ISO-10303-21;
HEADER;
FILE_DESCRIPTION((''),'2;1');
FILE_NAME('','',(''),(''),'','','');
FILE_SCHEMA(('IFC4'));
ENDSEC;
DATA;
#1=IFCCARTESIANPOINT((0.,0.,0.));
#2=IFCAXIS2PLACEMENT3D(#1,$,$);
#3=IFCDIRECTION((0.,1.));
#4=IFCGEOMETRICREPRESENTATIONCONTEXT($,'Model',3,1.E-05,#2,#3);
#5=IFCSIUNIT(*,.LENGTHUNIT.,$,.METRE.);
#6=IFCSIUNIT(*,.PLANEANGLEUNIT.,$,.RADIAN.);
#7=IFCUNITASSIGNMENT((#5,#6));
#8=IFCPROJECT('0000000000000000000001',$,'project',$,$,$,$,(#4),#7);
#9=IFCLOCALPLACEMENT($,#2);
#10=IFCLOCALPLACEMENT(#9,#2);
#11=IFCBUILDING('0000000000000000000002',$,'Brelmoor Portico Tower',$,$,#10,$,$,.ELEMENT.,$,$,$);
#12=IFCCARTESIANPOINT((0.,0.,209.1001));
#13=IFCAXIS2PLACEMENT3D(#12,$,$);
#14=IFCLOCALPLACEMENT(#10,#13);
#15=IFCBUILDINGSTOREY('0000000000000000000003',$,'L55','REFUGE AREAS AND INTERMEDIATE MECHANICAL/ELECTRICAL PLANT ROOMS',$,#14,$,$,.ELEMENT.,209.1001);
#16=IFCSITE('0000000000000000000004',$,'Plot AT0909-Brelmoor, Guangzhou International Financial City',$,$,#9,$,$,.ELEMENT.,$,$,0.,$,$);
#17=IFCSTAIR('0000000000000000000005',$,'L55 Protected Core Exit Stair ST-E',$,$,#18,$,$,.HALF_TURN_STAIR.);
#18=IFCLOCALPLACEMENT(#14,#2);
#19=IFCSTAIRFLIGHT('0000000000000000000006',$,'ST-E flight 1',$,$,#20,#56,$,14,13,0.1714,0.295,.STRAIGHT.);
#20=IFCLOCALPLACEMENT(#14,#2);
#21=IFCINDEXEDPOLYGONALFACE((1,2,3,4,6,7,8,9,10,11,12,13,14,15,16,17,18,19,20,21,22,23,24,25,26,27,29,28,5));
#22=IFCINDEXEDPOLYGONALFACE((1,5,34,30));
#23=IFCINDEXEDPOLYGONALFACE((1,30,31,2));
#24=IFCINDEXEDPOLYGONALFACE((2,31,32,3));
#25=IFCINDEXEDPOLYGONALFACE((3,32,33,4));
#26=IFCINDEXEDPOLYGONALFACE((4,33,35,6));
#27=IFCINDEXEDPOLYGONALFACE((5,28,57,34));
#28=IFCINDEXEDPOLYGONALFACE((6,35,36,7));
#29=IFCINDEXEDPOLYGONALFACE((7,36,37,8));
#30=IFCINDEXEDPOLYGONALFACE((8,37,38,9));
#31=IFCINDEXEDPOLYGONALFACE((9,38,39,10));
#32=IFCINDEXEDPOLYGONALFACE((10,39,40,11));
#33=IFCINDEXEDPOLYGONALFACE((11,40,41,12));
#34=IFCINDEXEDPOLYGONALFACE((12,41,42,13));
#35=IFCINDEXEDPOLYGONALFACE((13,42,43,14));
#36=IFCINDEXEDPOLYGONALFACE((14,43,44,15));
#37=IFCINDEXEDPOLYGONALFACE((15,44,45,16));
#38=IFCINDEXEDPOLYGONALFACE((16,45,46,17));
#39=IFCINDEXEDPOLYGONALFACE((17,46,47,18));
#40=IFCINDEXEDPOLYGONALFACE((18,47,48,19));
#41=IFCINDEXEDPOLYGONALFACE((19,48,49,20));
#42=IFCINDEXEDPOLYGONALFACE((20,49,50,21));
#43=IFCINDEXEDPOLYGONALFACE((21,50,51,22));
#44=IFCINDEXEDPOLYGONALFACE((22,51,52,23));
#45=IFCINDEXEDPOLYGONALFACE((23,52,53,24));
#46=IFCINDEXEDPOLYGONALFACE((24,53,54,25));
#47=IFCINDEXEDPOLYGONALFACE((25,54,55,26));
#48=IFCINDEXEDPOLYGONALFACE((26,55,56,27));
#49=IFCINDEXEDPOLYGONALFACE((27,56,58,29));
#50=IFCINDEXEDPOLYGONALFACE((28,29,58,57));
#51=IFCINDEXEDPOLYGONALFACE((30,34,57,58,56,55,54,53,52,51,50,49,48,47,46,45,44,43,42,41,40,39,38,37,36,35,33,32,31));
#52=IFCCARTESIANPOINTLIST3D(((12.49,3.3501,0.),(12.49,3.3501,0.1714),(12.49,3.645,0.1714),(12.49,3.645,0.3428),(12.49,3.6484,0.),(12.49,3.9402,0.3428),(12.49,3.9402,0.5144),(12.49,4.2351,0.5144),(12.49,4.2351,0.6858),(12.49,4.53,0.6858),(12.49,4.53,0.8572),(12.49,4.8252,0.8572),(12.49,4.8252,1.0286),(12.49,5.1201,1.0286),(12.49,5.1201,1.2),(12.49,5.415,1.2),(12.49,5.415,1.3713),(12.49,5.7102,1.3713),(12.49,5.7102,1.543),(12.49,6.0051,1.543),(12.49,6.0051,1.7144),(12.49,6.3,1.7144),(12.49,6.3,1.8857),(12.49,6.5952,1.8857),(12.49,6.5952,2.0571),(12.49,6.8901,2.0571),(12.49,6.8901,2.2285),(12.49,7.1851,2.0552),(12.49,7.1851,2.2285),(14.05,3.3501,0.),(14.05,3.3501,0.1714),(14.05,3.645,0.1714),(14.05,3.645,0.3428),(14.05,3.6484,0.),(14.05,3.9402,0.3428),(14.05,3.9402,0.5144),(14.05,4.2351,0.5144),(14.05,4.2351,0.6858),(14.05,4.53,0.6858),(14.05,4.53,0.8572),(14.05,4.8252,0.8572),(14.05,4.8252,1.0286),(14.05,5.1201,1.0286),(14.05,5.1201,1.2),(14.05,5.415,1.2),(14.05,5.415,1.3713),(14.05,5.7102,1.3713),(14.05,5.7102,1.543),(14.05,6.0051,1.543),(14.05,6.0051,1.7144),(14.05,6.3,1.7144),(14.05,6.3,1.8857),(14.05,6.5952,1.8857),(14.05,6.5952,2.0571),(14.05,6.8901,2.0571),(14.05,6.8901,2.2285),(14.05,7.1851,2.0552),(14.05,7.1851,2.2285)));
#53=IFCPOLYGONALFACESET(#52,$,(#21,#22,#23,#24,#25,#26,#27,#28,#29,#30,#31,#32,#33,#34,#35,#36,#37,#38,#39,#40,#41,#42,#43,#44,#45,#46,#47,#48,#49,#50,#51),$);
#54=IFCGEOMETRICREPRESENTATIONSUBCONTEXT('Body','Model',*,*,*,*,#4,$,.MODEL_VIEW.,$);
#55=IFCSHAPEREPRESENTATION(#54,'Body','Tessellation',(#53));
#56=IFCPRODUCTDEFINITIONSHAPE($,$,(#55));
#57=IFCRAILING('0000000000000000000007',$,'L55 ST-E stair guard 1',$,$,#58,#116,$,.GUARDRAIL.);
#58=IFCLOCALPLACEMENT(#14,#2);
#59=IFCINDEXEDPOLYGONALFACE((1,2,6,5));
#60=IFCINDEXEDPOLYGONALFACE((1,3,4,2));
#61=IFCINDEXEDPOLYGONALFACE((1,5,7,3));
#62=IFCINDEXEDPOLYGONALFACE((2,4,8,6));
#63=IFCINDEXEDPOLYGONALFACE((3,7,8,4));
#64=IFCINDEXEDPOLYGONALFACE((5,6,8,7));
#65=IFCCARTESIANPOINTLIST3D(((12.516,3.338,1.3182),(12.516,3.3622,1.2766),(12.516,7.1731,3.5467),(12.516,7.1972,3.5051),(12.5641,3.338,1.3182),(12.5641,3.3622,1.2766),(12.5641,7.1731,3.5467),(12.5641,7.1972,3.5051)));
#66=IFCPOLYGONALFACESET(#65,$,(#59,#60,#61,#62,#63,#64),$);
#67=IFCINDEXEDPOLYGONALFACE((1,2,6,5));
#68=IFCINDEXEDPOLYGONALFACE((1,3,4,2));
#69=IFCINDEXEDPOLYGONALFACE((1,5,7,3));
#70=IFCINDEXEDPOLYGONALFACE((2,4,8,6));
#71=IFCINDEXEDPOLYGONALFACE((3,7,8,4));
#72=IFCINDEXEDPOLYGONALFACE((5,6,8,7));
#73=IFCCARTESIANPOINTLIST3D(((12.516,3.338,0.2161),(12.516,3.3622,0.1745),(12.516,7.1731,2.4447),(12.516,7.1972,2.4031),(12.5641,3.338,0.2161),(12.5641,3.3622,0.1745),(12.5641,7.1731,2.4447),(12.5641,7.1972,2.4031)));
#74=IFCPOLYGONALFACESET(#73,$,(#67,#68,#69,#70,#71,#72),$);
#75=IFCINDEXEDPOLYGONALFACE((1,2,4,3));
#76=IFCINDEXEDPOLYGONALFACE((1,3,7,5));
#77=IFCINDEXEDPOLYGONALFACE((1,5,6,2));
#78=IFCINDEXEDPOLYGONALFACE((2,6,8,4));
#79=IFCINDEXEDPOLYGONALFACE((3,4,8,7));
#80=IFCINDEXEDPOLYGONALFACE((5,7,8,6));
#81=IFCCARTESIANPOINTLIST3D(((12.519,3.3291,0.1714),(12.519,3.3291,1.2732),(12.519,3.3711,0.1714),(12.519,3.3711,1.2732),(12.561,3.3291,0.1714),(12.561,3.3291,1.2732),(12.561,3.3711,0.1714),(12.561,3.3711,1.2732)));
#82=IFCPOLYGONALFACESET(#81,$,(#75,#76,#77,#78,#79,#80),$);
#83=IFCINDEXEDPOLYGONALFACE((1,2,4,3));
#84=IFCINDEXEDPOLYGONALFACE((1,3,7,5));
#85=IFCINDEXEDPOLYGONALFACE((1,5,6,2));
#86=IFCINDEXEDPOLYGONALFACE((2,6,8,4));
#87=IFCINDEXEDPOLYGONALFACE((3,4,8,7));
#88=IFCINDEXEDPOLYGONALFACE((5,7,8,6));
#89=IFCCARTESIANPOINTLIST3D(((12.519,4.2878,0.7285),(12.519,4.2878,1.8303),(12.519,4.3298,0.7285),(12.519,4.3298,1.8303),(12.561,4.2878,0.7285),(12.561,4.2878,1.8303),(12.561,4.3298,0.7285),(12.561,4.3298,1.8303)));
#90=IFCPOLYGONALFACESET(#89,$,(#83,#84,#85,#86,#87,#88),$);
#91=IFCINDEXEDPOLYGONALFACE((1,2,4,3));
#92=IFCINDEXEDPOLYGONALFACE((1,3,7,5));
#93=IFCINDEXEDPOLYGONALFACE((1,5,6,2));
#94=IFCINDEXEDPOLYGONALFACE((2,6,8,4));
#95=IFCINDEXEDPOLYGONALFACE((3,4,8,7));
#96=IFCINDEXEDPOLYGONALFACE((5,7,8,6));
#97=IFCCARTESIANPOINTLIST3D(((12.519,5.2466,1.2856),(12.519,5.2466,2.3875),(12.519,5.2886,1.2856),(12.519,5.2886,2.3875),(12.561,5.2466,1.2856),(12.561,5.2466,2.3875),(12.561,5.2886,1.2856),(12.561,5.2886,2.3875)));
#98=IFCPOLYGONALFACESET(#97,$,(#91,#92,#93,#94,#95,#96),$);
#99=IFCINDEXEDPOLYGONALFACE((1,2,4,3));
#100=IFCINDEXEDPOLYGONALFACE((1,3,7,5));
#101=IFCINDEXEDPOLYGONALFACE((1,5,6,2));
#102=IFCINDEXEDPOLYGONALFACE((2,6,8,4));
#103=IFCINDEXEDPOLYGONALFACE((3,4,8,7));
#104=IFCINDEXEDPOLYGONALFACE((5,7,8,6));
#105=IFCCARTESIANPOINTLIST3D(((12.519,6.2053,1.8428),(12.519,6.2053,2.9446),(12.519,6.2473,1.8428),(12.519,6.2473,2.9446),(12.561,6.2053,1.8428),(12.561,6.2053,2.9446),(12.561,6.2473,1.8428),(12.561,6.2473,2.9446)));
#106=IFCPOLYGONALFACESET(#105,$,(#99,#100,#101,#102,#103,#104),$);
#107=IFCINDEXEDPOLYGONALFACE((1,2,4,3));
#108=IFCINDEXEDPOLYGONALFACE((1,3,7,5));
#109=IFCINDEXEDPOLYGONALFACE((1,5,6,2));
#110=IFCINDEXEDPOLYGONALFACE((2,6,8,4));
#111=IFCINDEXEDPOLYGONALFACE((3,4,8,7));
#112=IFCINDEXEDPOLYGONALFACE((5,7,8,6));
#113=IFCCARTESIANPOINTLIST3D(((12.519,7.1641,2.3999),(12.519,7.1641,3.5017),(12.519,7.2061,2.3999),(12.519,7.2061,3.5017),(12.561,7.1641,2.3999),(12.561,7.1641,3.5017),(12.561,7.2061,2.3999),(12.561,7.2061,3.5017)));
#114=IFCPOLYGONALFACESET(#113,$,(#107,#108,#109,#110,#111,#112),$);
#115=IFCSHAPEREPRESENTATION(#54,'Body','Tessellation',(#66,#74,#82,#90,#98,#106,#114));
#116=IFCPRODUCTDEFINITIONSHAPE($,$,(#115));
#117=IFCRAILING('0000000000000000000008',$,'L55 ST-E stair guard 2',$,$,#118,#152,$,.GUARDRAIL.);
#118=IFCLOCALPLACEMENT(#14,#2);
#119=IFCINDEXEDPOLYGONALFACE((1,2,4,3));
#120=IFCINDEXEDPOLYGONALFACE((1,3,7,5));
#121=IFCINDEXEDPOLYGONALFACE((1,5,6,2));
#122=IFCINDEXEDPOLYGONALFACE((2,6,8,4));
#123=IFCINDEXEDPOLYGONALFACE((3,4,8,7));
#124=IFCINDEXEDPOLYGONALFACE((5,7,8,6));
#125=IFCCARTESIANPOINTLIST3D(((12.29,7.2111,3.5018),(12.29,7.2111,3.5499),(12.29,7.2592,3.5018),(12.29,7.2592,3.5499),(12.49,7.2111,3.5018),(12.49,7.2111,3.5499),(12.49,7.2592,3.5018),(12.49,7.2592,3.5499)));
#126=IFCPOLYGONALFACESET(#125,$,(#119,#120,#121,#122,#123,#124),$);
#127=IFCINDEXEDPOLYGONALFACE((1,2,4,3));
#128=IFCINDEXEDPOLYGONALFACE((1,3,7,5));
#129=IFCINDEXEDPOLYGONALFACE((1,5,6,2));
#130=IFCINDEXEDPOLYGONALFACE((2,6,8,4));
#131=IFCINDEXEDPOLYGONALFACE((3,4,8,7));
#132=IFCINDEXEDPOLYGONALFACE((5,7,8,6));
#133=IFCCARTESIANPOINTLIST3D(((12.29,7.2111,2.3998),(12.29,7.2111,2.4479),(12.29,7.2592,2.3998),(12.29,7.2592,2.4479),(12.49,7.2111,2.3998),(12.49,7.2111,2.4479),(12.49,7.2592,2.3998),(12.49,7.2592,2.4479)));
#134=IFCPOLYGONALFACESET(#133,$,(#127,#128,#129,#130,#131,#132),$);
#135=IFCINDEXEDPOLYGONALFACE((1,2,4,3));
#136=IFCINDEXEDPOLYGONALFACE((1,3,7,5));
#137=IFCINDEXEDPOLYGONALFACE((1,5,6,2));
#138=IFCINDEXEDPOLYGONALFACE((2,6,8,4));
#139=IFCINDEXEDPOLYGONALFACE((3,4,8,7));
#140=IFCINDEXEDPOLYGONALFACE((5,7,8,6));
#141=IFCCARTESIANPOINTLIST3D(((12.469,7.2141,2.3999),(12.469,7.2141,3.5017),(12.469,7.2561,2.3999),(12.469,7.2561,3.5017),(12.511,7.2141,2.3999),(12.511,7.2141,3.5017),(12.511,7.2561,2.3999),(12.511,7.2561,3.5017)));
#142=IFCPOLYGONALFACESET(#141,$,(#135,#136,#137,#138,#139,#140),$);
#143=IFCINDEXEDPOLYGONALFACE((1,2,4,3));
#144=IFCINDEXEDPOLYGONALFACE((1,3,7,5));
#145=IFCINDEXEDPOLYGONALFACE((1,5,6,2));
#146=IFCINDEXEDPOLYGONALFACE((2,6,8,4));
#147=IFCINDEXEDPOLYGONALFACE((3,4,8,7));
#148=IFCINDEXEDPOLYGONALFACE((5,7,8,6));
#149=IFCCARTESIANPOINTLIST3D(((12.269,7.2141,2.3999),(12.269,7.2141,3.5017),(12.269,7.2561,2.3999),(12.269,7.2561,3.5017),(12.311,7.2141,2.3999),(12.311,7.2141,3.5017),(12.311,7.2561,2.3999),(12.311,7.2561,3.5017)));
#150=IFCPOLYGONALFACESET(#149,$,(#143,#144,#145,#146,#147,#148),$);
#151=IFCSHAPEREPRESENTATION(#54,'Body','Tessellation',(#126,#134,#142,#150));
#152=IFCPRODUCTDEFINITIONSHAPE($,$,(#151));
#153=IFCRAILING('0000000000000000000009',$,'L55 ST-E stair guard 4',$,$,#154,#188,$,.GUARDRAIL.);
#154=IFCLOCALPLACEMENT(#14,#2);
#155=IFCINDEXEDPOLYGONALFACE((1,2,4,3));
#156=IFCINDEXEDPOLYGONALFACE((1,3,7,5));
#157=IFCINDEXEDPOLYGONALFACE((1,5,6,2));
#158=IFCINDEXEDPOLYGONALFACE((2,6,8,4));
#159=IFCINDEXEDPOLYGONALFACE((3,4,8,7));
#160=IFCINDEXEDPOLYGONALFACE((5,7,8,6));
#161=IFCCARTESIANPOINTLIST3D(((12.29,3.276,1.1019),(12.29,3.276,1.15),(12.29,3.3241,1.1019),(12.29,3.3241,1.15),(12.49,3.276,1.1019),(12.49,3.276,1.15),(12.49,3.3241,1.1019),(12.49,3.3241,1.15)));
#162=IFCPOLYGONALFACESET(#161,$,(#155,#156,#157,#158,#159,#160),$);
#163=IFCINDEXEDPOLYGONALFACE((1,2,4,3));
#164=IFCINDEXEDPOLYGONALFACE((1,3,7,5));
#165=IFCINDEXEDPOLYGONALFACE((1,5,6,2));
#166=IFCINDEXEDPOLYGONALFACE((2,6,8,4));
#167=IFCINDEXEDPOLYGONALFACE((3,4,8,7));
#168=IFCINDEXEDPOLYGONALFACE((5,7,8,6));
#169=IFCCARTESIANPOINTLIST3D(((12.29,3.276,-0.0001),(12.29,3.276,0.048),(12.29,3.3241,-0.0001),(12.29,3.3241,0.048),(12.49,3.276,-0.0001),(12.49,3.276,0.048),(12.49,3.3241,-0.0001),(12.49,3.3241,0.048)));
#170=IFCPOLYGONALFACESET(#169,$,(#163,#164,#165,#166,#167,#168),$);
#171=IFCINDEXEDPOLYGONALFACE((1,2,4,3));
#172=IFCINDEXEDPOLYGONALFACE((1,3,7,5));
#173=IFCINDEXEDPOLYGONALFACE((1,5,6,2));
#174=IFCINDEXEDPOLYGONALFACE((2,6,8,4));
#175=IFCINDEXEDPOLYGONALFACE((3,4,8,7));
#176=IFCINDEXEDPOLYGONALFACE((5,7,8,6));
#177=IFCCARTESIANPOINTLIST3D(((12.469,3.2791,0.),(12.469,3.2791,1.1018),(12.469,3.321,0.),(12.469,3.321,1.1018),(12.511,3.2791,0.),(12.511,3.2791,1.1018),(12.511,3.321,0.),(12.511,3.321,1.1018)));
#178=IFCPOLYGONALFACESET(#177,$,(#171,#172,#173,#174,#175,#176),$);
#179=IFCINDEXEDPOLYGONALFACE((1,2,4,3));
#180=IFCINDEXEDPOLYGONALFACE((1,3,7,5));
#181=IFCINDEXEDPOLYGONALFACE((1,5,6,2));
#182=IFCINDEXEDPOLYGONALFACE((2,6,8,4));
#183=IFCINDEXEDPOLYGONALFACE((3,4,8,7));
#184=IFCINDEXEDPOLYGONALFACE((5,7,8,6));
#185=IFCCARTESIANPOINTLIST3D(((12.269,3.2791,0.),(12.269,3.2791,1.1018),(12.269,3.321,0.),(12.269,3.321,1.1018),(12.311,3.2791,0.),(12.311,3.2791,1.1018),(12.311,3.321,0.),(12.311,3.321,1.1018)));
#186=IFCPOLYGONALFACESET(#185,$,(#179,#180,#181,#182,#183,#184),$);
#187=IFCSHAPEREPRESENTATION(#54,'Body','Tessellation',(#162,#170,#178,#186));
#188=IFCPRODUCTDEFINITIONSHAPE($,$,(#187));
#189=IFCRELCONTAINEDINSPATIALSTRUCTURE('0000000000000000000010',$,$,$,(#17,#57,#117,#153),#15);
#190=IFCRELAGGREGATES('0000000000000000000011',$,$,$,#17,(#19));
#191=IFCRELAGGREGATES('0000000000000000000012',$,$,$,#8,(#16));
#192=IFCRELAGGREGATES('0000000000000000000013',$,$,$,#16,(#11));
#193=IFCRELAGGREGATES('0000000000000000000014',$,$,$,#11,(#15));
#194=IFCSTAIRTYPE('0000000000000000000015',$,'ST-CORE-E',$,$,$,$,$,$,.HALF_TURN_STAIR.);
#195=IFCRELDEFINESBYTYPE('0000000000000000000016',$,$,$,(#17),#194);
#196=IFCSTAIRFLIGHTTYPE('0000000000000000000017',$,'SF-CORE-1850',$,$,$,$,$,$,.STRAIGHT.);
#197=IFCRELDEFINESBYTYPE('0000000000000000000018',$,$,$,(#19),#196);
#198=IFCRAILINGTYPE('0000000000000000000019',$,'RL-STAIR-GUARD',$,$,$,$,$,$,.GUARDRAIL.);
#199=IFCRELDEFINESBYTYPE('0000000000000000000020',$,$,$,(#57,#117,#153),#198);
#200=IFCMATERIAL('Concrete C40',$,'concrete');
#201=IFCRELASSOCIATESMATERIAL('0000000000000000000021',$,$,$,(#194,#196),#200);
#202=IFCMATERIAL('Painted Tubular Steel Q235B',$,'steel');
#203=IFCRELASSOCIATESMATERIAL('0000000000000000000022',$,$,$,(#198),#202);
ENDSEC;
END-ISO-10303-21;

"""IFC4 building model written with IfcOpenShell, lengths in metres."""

from ifc_helpers import new_model, si_unit, direction, frame, origin, origin_2d, place, context, subcontext, project, spatial, polyline, rectangle, outline, extrude, material, type_object, element, aggregate, save


model = new_model("IFC4")

# Units and contexts
model_context = context("Model", 3, precision=1e-05, world=origin(), true_north=direction((0.0, 1.0)))
body_context = subcontext(model_context, "Body", "Model", "MODEL_VIEW")
ifc_project = project(units=[si_unit("LENGTHUNIT", "METRE"), si_unit("PLANEANGLEUNIT", "RADIAN")], contexts=[model_context])

# Site, building, storey
site_placement = place(None, origin())
site = spatial("IfcSite", under=ifc_project, at=site_placement, Name="Plot AT0909-Brelmoor, Guangzhou International Financial City", CompositionType="ELEMENT", RefElevation=0.0)
building_placement = place(site_placement, origin())
building = spatial("IfcBuilding", under=site, at=building_placement, Name="Brelmoor Portico Tower", CompositionType="ELEMENT")
storey_placement = place(building_placement, frame((0.0, 0.0, 209.1001)))
storey = spatial("IfcBuildingStorey", under=building, at=storey_placement, Name="L55", Description="REFUGE AREAS AND INTERMEDIATE MECHANICAL/ELECTRICAL PLANT ROOMS", CompositionType="ELEMENT", Elevation=209.1001)

# Shared definitions
ifc_material_1 = material(Name="Concrete C40", Category="concrete")

# Stair, stair flight
stair_type = type_object("IfcStairType", Name="ST-CORE-E", PredefinedType="HALF_TURN_STAIR", material=ifc_material_1)
stair_placement = place(storey_placement, origin())
stair = element("IfcStair", 1, at=stair_placement, inside=storey, type_object=stair_type, Name="L55 Protected Core Exit Stair ST-E", PredefinedType="HALF_TURN_STAIR")
stair_flight_type = type_object("IfcStairFlightType", Name="SF-CORE-1850", PredefinedType="STRAIGHT", material=ifc_material_1)
stair_flight_placement = place(storey_placement, frame((13.27, 3.3501, 0.0), z_axis=(0.0, 0.0, 1.0), x_axis=(0.0, 1.0, 0.0)))
stair_flight = element("IfcStairFlight", 2, at=stair_flight_placement, type_object=stair_flight_type, Name="ST-E flight 1", NumberOfRisers=14, NumberOfTreads=13, PredefinedType="STRAIGHT", RiserHeight=0.1714, TreadLength=0.295, context=body_context, shape_type="SweptSolid", body=[
    extrude(outline(polyline([(0.0, 0.0), (0.0, 0.1714), (0.2949, 0.1714), (0.2949, 0.3428), (0.5901, 0.3428), (0.5901, 0.5144), (0.885, 0.5144), (0.885, 0.6858), (1.1799, 0.6858), (1.1799, 0.8572), (1.4751, 0.8572), (1.4751, 1.0286), (1.77, 1.0286), (1.77, 1.2), (2.0649, 1.2), (2.0649, 1.3713), (2.3601, 1.3713), (2.3601, 1.543), (2.655, 1.543), (2.655, 1.7144), (2.95, 1.7144), (2.95, 1.8857), (3.2451, 1.8857), (3.2451, 2.0571), (3.54, 2.0571), (3.54, 2.2285), (3.835, 2.2285), (3.835, 2.3999), (3.835, 2.0552), (0.2983, 0.0), (0.0, 0.0)])), frame((0.0, 0.78, 0.0), z_axis=(0.0, -1.0, 0.0), x_axis=(1.0, 0.0, 0.0)), (0.0, 0.0, 1.0), 1.5601),
])
aggregate(stair, [stair_flight])

# Railings
ifc_material_2 = material(Name="Painted Tubular Steel Q235B", Category="steel")
railing_type_1 = type_object("IfcRailingType", Name="RL-STAIR-GUARD", PredefinedType="GUARDRAIL", material=ifc_material_2)
railing_1_placement = place(storey_placement, frame((12.54, 3.3501, 0.1714)))
element("IfcRailing", 3, at=railing_1_placement, inside=storey, type_object=railing_type_1, Name="L55 ST-E stair guard 1", PredefinedType="GUARDRAIL", context=body_context, shape_type="SweptSolid", body=[
    extrude(rectangle(XDim=0.0481, YDim=0.0481, at=origin_2d()), frame((0.0, 0.0, 1.126), z_axis=(0.0, 0.864616, 0.502433), x_axis=(-1.0, 0.0, 0.0)), (0.0, 0.0, 1.0), 4.4355),
    extrude(rectangle(XDim=0.0481, YDim=0.0481, at=origin_2d()), frame((0.0, 0.0, 0.0239), z_axis=(0.0, 0.864616, 0.502433), x_axis=(-1.0, 0.0, 0.0)), (0.0, 0.0, 1.0), 4.4355),
    extrude(rectangle(XDim=0.042, YDim=0.042, at=origin_2d()), origin(), (0.0, 0.0, 1.0), 1.1018),
    extrude(rectangle(XDim=0.042, YDim=0.042, at=origin_2d()), frame((0.0, 0.9587, 0.5571)), (0.0, 0.0, 1.0), 1.1018),
    extrude(rectangle(XDim=0.042, YDim=0.042, at=origin_2d()), frame((0.0, 1.9175, 1.1143)), (0.0, 0.0, 1.0), 1.1018),
    extrude(rectangle(XDim=0.042, YDim=0.042, at=origin_2d()), frame((0.0, 2.8762, 1.6714)), (0.0, 0.0, 1.0), 1.1018),
    extrude(rectangle(XDim=0.042, YDim=0.042, at=origin_2d()), frame((0.0, 3.835, 2.2285)), (0.0, 0.0, 1.0), 1.1018),
])
for number, where, name in (
    (4, (12.49, 7.2351, 2.3999), "L55 ST-E stair guard 2"),
    (5, (12.49, 3.3, 0.0), "L55 ST-E stair guard 4"),
):
    element("IfcRailing", number, at=place(storey_placement, frame(where)), inside=storey, type_object=railing_type_1, Name=name, PredefinedType="GUARDRAIL", context=body_context, shape_type="SweptSolid", body=[
        extrude(rectangle(XDim=0.0481, YDim=0.0481, at=origin_2d()), frame((0.0, 0.0, 1.126), z_axis=(-1.0, 0.0, 0.0), x_axis=(0.0, -1.0, 0.0)), (0.0, 0.0, 1.0), 0.2),
        extrude(rectangle(XDim=0.0481, YDim=0.0481, at=origin_2d()), frame((0.0, 0.0, 0.0239), z_axis=(-1.0, 0.0, 0.0), x_axis=(0.0, -1.0, 0.0)), (0.0, 0.0, 1.0), 0.2),
        extrude(rectangle(XDim=0.042, YDim=0.042, at=origin_2d()), origin(), (0.0, 0.0, 1.0), 1.1018),
        extrude(rectangle(XDim=0.042, YDim=0.042, at=origin_2d()), frame((-0.2, 0.0, 0.0)), (0.0, 0.0, 1.0), 1.1018),
    ])

save(model, "model.ifc")
